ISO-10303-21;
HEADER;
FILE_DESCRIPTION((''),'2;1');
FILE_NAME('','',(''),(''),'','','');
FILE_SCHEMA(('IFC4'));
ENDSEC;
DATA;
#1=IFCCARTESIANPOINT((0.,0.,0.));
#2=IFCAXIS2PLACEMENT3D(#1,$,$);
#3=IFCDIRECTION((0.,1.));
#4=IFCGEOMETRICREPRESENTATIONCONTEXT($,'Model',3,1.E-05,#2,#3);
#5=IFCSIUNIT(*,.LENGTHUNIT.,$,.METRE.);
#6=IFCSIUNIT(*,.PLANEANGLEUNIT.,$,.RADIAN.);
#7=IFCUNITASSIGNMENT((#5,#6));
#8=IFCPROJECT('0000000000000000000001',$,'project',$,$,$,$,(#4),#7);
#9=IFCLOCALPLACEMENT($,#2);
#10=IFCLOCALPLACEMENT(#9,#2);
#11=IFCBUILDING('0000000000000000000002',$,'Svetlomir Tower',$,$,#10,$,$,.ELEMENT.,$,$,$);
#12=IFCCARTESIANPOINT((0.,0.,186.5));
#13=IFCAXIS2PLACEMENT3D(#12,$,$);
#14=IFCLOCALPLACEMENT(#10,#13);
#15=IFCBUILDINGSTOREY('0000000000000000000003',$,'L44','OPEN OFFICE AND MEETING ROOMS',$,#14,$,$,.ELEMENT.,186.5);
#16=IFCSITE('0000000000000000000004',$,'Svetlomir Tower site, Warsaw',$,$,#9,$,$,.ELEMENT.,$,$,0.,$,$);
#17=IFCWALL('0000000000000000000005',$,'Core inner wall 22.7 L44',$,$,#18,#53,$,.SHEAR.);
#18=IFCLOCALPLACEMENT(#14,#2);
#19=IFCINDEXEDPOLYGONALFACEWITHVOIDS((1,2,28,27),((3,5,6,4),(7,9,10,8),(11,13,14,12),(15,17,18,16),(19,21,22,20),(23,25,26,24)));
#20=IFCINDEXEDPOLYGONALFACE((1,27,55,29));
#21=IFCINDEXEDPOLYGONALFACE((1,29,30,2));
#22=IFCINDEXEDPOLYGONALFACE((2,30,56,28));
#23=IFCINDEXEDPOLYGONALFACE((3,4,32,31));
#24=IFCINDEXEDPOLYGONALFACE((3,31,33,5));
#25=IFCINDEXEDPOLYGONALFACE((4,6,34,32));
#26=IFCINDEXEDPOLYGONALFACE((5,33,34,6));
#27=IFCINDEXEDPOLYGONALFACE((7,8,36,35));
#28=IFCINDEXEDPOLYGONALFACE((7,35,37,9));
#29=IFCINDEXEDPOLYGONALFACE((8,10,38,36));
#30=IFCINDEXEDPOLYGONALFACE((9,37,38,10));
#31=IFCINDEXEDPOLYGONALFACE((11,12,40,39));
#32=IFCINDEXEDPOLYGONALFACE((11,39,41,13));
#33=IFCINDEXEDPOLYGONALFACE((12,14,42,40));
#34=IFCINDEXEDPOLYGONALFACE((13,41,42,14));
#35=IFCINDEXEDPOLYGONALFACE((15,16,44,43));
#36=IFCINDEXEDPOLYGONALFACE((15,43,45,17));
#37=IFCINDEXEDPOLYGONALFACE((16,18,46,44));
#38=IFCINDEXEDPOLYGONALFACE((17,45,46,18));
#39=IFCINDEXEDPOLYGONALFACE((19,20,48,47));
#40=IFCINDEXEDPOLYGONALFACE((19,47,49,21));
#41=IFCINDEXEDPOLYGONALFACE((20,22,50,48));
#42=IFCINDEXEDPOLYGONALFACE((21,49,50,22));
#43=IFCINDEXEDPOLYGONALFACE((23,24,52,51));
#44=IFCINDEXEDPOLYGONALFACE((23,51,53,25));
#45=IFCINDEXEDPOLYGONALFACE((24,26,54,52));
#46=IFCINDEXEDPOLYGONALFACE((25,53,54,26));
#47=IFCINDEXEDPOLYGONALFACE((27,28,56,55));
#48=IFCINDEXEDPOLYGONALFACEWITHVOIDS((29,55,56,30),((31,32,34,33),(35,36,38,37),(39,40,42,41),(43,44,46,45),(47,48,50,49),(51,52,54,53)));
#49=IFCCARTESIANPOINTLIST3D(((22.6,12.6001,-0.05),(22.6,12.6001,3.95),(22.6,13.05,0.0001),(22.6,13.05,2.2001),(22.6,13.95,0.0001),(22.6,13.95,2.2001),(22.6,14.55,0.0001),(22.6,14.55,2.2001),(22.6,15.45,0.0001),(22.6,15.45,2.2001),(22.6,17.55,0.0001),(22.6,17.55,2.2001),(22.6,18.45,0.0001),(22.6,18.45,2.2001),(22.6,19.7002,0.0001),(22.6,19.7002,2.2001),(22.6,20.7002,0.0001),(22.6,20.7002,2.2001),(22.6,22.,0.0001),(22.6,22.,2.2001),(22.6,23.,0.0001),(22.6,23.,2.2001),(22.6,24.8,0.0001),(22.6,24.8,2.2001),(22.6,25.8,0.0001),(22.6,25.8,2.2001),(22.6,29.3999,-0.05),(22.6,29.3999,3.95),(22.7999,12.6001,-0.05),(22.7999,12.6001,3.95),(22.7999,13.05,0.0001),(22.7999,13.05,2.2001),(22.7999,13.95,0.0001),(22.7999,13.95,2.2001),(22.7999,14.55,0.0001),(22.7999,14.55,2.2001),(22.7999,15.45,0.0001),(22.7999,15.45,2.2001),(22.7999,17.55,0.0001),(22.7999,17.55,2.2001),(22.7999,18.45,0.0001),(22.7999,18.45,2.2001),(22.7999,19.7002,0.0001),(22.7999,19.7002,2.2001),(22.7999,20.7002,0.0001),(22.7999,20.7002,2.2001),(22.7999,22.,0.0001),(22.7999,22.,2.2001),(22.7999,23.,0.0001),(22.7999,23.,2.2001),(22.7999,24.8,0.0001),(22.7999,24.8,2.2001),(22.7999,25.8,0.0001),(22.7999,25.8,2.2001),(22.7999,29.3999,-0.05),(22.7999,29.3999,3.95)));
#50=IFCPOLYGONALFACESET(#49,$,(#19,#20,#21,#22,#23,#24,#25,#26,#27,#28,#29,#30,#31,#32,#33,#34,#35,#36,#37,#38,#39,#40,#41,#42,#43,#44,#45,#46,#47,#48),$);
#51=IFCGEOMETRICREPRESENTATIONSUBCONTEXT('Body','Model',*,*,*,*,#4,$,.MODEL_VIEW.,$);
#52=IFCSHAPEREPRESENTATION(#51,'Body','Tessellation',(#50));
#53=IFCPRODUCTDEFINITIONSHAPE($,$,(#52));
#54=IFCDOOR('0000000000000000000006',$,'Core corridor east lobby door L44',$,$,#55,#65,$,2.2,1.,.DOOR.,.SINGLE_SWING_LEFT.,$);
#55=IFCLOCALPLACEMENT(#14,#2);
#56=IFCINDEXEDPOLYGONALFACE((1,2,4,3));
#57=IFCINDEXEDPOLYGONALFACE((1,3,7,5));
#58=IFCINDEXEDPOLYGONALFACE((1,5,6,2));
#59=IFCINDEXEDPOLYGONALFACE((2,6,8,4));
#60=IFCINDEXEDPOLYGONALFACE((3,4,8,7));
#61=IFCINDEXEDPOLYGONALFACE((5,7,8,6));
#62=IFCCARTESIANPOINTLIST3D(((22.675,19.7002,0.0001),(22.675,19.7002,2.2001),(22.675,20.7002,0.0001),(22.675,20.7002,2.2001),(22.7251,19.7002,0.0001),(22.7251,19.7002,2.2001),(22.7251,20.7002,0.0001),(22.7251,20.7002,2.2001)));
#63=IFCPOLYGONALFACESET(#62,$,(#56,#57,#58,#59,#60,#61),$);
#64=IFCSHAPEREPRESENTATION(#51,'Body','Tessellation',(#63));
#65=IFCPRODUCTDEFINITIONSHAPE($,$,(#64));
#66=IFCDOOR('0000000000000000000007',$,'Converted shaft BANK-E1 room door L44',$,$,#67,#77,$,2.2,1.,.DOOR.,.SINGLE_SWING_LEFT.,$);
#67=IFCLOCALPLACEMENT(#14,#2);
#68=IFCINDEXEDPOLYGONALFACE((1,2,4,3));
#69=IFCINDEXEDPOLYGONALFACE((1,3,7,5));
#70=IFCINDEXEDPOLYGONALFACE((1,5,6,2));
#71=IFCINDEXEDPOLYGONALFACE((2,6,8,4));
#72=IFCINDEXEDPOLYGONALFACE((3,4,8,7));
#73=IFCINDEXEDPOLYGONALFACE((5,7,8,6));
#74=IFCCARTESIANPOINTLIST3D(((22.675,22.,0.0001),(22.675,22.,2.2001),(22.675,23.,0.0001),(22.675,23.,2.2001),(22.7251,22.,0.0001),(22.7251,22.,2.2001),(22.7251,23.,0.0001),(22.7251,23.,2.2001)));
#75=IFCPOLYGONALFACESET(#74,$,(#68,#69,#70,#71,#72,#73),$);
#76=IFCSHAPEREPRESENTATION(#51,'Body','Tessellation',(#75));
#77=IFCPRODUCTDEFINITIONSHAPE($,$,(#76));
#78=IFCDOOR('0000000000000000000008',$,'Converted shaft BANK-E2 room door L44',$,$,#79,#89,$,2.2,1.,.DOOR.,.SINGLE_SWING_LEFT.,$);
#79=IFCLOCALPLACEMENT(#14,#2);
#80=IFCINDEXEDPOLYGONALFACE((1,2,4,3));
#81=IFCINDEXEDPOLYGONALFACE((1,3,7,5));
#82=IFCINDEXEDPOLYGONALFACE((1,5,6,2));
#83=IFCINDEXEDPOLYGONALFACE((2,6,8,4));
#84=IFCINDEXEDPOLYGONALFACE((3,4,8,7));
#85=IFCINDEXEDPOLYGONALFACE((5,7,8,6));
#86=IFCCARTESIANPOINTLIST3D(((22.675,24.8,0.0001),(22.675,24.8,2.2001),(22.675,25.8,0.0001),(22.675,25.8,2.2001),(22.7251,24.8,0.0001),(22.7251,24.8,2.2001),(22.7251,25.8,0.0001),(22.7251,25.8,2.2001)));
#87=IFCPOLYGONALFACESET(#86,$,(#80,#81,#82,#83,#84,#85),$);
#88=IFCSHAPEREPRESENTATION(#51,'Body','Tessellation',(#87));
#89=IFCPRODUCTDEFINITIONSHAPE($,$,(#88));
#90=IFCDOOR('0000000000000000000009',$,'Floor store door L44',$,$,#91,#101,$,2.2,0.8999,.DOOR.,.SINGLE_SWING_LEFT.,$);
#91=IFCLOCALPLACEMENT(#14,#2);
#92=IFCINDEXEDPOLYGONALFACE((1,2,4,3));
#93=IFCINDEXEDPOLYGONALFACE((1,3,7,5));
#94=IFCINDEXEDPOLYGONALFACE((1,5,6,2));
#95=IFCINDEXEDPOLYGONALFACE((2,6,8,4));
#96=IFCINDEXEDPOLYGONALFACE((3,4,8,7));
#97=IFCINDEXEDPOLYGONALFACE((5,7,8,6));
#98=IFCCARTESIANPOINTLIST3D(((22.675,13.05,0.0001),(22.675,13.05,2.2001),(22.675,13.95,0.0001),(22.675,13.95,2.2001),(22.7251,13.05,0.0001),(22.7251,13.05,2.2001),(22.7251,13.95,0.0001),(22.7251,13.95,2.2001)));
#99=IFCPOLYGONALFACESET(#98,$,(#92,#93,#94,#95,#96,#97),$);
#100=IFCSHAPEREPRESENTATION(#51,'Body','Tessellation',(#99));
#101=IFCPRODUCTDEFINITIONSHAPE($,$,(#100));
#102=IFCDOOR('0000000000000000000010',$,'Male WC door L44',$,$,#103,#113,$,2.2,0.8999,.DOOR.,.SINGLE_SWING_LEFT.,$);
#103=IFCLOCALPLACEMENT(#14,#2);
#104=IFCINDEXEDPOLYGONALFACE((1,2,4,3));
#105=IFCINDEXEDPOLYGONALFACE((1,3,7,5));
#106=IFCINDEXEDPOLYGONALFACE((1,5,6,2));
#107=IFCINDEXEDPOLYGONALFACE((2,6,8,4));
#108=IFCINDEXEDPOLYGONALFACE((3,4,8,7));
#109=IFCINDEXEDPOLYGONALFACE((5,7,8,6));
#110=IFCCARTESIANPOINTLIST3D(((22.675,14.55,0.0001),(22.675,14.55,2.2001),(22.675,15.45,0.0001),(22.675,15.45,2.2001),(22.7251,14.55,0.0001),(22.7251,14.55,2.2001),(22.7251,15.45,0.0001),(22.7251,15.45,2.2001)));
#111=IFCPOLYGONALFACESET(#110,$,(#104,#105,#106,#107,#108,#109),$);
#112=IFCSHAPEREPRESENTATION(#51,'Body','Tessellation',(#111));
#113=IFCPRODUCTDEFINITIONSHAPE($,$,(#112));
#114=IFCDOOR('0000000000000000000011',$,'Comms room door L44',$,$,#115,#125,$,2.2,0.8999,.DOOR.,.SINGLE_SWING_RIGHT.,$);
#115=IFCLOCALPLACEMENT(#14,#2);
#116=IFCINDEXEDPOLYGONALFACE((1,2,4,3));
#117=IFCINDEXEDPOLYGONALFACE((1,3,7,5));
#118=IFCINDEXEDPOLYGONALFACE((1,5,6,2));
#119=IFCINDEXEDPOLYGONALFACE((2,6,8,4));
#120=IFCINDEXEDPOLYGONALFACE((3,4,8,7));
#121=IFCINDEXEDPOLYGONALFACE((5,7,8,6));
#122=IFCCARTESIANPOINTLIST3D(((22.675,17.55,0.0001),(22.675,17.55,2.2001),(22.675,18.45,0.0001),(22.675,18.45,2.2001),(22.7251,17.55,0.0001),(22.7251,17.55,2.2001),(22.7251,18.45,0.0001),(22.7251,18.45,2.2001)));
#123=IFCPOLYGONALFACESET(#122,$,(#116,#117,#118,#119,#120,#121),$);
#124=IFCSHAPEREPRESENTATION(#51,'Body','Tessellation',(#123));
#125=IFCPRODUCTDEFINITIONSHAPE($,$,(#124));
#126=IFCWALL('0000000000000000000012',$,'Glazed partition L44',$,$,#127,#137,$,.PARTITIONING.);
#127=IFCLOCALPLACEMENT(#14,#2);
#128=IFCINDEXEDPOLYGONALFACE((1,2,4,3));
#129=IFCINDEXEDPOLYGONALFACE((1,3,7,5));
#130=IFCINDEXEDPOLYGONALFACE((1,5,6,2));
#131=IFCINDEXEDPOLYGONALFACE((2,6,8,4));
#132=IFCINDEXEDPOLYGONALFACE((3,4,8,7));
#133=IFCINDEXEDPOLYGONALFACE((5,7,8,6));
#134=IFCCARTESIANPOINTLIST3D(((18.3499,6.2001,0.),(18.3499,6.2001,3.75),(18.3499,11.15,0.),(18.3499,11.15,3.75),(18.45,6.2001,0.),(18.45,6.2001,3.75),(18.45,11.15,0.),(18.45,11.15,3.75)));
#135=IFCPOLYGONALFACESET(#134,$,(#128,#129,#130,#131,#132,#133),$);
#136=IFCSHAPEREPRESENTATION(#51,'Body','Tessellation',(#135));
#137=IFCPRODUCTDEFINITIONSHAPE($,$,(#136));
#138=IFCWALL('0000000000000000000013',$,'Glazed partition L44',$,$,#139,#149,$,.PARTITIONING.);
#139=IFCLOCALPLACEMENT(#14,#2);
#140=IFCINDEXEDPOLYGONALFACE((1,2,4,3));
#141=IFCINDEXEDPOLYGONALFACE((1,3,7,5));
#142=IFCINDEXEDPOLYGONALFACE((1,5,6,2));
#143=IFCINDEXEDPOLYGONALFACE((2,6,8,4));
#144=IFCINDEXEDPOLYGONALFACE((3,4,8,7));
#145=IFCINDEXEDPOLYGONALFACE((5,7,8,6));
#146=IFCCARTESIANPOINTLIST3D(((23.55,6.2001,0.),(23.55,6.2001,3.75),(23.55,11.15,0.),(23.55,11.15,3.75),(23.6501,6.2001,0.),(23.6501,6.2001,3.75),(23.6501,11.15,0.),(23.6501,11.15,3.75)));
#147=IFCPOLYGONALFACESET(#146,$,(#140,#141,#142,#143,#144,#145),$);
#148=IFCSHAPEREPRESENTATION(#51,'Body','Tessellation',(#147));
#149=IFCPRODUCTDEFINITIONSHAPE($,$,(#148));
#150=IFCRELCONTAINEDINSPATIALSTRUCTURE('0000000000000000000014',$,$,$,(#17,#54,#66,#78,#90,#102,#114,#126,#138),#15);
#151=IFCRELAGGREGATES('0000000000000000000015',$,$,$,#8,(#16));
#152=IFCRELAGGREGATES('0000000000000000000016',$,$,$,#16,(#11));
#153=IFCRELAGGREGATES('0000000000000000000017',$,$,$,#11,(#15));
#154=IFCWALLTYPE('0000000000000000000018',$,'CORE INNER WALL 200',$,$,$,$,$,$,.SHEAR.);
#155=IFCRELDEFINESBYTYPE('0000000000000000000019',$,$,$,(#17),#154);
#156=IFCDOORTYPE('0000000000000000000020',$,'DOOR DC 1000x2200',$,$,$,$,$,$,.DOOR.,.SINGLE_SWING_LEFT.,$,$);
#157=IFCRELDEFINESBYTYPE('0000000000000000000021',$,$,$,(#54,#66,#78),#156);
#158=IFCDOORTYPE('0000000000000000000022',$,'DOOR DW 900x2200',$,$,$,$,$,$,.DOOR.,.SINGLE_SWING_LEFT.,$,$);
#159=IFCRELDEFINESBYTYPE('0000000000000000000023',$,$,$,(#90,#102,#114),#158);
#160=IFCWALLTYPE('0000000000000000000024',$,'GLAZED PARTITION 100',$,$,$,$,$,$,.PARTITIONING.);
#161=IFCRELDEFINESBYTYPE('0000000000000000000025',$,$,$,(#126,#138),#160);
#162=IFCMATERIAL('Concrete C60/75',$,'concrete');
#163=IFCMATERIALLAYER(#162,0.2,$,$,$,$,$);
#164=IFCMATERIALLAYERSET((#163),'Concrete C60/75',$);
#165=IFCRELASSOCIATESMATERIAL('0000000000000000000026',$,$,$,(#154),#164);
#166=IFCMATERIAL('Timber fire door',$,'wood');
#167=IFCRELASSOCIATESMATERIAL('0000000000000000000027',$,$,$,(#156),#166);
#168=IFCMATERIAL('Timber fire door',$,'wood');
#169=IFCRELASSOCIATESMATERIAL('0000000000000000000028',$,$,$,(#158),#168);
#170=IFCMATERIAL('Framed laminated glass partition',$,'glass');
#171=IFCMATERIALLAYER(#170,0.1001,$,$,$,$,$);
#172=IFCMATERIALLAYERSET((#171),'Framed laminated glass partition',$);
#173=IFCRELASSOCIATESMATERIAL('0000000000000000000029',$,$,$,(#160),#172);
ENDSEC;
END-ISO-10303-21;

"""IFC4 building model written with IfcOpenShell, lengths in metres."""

from ifc_helpers import new_model, si_unit, direction, frame, frame_2d, origin, place, context, subcontext, project, spatial, rectangle, extrude, material, layer, layer_set, type_object, element, fill, save


model = new_model("IFC4")

# Units and contexts
model_context = context("Model", 3, precision=1e-05, world=origin(), true_north=direction((0.0, 1.0)))
body_context = subcontext(model_context, "Body", "Model", "MODEL_VIEW")
ifc_project = project(units=[si_unit("LENGTHUNIT", "METRE"), si_unit("PLANEANGLEUNIT", "RADIAN")], contexts=[model_context])

# Site, building, storey
site_placement = place(None, origin())
site = spatial("IfcSite", under=ifc_project, at=site_placement, Name="Svetlomir Tower site, Warsaw", CompositionType="ELEMENT", RefElevation=0.0)
building_placement = place(site_placement, origin())
building = spatial("IfcBuilding", under=site, at=building_placement, Name="Svetlomir Tower", CompositionType="ELEMENT")
storey_placement = place(building_placement, frame((0.0, 0.0, 186.5)))
storey = spatial("IfcBuildingStorey", under=building, at=storey_placement, Name="L44", Description="OPEN OFFICE AND MEETING ROOMS", CompositionType="ELEMENT", Elevation=186.5)

# Shared definitions
ifc_material_1 = material(Name="Concrete C60/75", Category="concrete")
ifc_layer_1 = layer(ifc_material_1, 0.2)
ifc_layer_set_1 = layer_set([ifc_layer_1], Name="Concrete C60/75")
wall_type_1 = type_object("IfcWallType", Name="CORE INNER WALL 200", PredefinedType="SHEAR", material=ifc_layer_set_1)

# Wall, openings, doors
ifc_material_2 = material(Name="Timber fire door", Category="wood")
door_type_1 = type_object("IfcDoorType", Name="DOOR DC 1000x2200", OperationType="SINGLE_SWING_LEFT", PredefinedType="DOOR", material=ifc_material_2)
ifc_material_3 = material(Name="Timber fire door", Category="wood")
door_type_2 = type_object("IfcDoorType", Name="DOOR DW 900x2200", OperationType="SINGLE_SWING_LEFT", PredefinedType="DOOR", material=ifc_material_3)
wall_1_placement = place(storey_placement, frame((22.7, 12.6001, -0.05), z_axis=(0.0, 0.0, 1.0), x_axis=(0.0, 1.0, 0.0)))
wall_1 = element("IfcWall", 1, at=wall_1_placement, inside=storey, type_object=wall_type_1, Name="Core inner wall 22.7 L44", PredefinedType="SHEAR", context=body_context, shape_type="SweptSolid", body=[
    extrude(rectangle(XDim=16.7998, YDim=0.2, at=frame_2d((8.3999, 0.0))), origin(), (0.0, 0.0, 1.0), 4.0),
])
opening_1_placement = place(wall_1_placement, frame((0.45, 0.0, 0.05)))
opening_1 = element("IfcOpeningElement", 2, at=opening_1_placement, cuts=wall_1, PredefinedType="OPENING", context=body_context, shape_type="SweptSolid", body=[
    extrude(rectangle(XDim=0.8999, YDim=2.2, at=frame_2d((0.45, 1.1001))), frame((0.0, 0.1099, 0.0), z_axis=(0.0, -1.0, 0.0), x_axis=(1.0, 0.0, 0.0)), (0.0, 0.0, 1.0), 0.22),
])
opening_2_placement = place(wall_1_placement, frame((7.1001, 0.0, 0.05)))
opening_2 = element("IfcOpeningElement", 3, at=opening_2_placement, cuts=wall_1, PredefinedType="OPENING", context=body_context, shape_type="SweptSolid", body=[
    extrude(rectangle(XDim=1.0, YDim=2.2, at=frame_2d((0.5, 1.1001))), frame((0.0, 0.1099, 0.0), z_axis=(0.0, -1.0, 0.0), x_axis=(1.0, 0.0, 0.0)), (0.0, 0.0, 1.0), 0.22),
])
opening_3_placement = place(wall_1_placement, frame((1.95, 0.0, 0.05)))
opening_3 = element("IfcOpeningElement", 4, at=opening_3_placement, cuts=wall_1, PredefinedType="OPENING", context=body_context, shape_type="SweptSolid", body=[
    extrude(rectangle(XDim=0.8999, YDim=2.2, at=frame_2d((0.45, 1.1001))), frame((0.0, 0.1099, 0.0), z_axis=(0.0, -1.0, 0.0), x_axis=(1.0, 0.0, 0.0)), (0.0, 0.0, 1.0), 0.22),
])
opening_4_placement = place(wall_1_placement, frame((4.95, 0.0, 0.05)))
opening_4 = element("IfcOpeningElement", 5, at=opening_4_placement, cuts=wall_1, PredefinedType="OPENING", context=body_context, shape_type="SweptSolid", body=[
    extrude(rectangle(XDim=0.8999, YDim=2.2, at=frame_2d((0.45, 1.1001))), frame((0.0, 0.1099, 0.0), z_axis=(0.0, -1.0, 0.0), x_axis=(1.0, 0.0, 0.0)), (0.0, 0.0, 1.0), 0.22),
])
opening_5_placement = place(wall_1_placement, frame((9.3999, 0.0, 0.05)))
opening_5 = element("IfcOpeningElement", 6, at=opening_5_placement, cuts=wall_1, PredefinedType="OPENING", context=body_context, shape_type="SweptSolid", body=[
    extrude(rectangle(XDim=1.0, YDim=2.2, at=frame_2d((0.5, 1.1001))), frame((0.0, 0.1099, 0.0), z_axis=(0.0, -1.0, 0.0), x_axis=(1.0, 0.0, 0.0)), (0.0, 0.0, 1.0), 0.22),
])
opening_6_placement = place(wall_1_placement, frame((12.2, 0.0, 0.05)))
opening_6 = element("IfcOpeningElement", 7, at=opening_6_placement, cuts=wall_1, PredefinedType="OPENING", context=body_context, shape_type="SweptSolid", body=[
    extrude(rectangle(XDim=1.0, YDim=2.2, at=frame_2d((0.5, 1.1001))), frame((0.0, 0.1099, 0.0), z_axis=(0.0, -1.0, 0.0), x_axis=(1.0, 0.0, 0.0)), (0.0, 0.0, 1.0), 0.22),
])
door_1_placement = place(opening_2_placement, origin())
door_1 = element("IfcDoor", 8, at=door_1_placement, inside=storey, type_object=door_type_1, Name="Core corridor east lobby door L44", OperationType="SINGLE_SWING_LEFT", OverallHeight=2.2, OverallWidth=1.0, PredefinedType="DOOR", context=body_context, shape_type="SweptSolid", body=[
    extrude(rectangle(XDim=1.0, YDim=2.2, at=frame_2d((0.5, 1.1001))), frame((0.0, 0.0249, 0.0), z_axis=(0.0, -1.0, 0.0), x_axis=(1.0, 0.0, 0.0)), (0.0, 0.0, 1.0), 0.05),
])
fill(opening_2, door_1)
door_2_placement = place(opening_5_placement, origin())
door_2 = element("IfcDoor", 9, at=door_2_placement, inside=storey, type_object=door_type_1, Name="Converted shaft BANK-E1 room door L44", OperationType="SINGLE_SWING_LEFT", OverallHeight=2.2, OverallWidth=1.0, PredefinedType="DOOR", context=body_context, shape_type="SweptSolid", body=[
    extrude(rectangle(XDim=1.0, YDim=2.2, at=frame_2d((0.5, 1.1001))), frame((0.0, 0.0249, 0.0), z_axis=(0.0, -1.0, 0.0), x_axis=(1.0, 0.0, 0.0)), (0.0, 0.0, 1.0), 0.05),
])
fill(opening_5, door_2)
door_3_placement = place(opening_6_placement, origin())
door_3 = element("IfcDoor", 10, at=door_3_placement, inside=storey, type_object=door_type_1, Name="Converted shaft BANK-E2 room door L44", OperationType="SINGLE_SWING_LEFT", OverallHeight=2.2, OverallWidth=1.0, PredefinedType="DOOR", context=body_context, shape_type="SweptSolid", body=[
    extrude(rectangle(XDim=1.0, YDim=2.2, at=frame_2d((0.5, 1.1001))), frame((0.0, 0.0249, 0.0), z_axis=(0.0, -1.0, 0.0), x_axis=(1.0, 0.0, 0.0)), (0.0, 0.0, 1.0), 0.05),
])
fill(opening_6, door_3)
door_4_placement = place(opening_1_placement, origin())
door_4 = element("IfcDoor", 11, at=door_4_placement, inside=storey, type_object=door_type_2, Name="Floor store door L44", OperationType="SINGLE_SWING_LEFT", OverallHeight=2.2, OverallWidth=0.8999, PredefinedType="DOOR", context=body_context, shape_type="SweptSolid", body=[
    extrude(rectangle(XDim=0.8999, YDim=2.2, at=frame_2d((0.45, 1.1001))), frame((0.0, 0.0249, 0.0), z_axis=(0.0, -1.0, 0.0), x_axis=(1.0, 0.0, 0.0)), (0.0, 0.0, 1.0), 0.05),
])
fill(opening_1, door_4)
door_5_placement = place(opening_3_placement, origin())
door_5 = element("IfcDoor", 12, at=door_5_placement, inside=storey, type_object=door_type_2, Name="Male WC door L44", OperationType="SINGLE_SWING_LEFT", OverallHeight=2.2, OverallWidth=0.8999, PredefinedType="DOOR", context=body_context, shape_type="SweptSolid", body=[
    extrude(rectangle(XDim=0.8999, YDim=2.2, at=frame_2d((0.45, 1.1001))), frame((0.0, 0.0249, 0.0), z_axis=(0.0, -1.0, 0.0), x_axis=(1.0, 0.0, 0.0)), (0.0, 0.0, 1.0), 0.05),
])
fill(opening_3, door_5)
door_6_placement = place(opening_4_placement, origin())
door_6 = element("IfcDoor", 13, at=door_6_placement, inside=storey, type_object=door_type_2, Name="Comms room door L44", OperationType="SINGLE_SWING_RIGHT", OverallHeight=2.2, OverallWidth=0.8999, PredefinedType="DOOR", context=body_context, shape_type="SweptSolid", body=[
    extrude(rectangle(XDim=0.8999, YDim=2.2, at=frame_2d((0.45, 1.1001))), frame((0.0, 0.0249, 0.0), z_axis=(0.0, -1.0, 0.0), x_axis=(1.0, 0.0, 0.0)), (0.0, 0.0, 1.0), 0.05),
])
fill(opening_4, door_6)

# Walls
ifc_material_4 = material(Name="Framed laminated glass partition", Category="glass")
ifc_layer_2 = layer(ifc_material_4, 0.1001)
ifc_layer_set_2 = layer_set([ifc_layer_2], Name="Framed laminated glass partition")
wall_type_2 = type_object("IfcWallType", Name="GLAZED PARTITION 100", PredefinedType="PARTITIONING", material=ifc_layer_set_2)
for number, where, z_axis, x_axis, name in (
    (14, (18.3999, 6.2, 0.0), (0.0, 0.0, 1.0), (0.0, 1.0, 0.0), "Glazed partition L44"),
    (15, (23.6001, 6.2, 0.0), (0.0, 0.0, 1.0), (0.0, 1.0, 0.0), "Glazed partition L44"),
):
    element("IfcWall", number, at=place(storey_placement, frame(where, z_axis=z_axis, x_axis=x_axis)), inside=storey, type_object=wall_type_2, Name=name, PredefinedType="PARTITIONING", context=body_context, shape_type="SweptSolid", body=[
        extrude(rectangle(XDim=4.95, YDim=0.1001, at=frame_2d((2.4751, 0.0))), origin(), (0.0, 0.0, 1.0), 3.75),
    ])

save(model, "model.ifc")
